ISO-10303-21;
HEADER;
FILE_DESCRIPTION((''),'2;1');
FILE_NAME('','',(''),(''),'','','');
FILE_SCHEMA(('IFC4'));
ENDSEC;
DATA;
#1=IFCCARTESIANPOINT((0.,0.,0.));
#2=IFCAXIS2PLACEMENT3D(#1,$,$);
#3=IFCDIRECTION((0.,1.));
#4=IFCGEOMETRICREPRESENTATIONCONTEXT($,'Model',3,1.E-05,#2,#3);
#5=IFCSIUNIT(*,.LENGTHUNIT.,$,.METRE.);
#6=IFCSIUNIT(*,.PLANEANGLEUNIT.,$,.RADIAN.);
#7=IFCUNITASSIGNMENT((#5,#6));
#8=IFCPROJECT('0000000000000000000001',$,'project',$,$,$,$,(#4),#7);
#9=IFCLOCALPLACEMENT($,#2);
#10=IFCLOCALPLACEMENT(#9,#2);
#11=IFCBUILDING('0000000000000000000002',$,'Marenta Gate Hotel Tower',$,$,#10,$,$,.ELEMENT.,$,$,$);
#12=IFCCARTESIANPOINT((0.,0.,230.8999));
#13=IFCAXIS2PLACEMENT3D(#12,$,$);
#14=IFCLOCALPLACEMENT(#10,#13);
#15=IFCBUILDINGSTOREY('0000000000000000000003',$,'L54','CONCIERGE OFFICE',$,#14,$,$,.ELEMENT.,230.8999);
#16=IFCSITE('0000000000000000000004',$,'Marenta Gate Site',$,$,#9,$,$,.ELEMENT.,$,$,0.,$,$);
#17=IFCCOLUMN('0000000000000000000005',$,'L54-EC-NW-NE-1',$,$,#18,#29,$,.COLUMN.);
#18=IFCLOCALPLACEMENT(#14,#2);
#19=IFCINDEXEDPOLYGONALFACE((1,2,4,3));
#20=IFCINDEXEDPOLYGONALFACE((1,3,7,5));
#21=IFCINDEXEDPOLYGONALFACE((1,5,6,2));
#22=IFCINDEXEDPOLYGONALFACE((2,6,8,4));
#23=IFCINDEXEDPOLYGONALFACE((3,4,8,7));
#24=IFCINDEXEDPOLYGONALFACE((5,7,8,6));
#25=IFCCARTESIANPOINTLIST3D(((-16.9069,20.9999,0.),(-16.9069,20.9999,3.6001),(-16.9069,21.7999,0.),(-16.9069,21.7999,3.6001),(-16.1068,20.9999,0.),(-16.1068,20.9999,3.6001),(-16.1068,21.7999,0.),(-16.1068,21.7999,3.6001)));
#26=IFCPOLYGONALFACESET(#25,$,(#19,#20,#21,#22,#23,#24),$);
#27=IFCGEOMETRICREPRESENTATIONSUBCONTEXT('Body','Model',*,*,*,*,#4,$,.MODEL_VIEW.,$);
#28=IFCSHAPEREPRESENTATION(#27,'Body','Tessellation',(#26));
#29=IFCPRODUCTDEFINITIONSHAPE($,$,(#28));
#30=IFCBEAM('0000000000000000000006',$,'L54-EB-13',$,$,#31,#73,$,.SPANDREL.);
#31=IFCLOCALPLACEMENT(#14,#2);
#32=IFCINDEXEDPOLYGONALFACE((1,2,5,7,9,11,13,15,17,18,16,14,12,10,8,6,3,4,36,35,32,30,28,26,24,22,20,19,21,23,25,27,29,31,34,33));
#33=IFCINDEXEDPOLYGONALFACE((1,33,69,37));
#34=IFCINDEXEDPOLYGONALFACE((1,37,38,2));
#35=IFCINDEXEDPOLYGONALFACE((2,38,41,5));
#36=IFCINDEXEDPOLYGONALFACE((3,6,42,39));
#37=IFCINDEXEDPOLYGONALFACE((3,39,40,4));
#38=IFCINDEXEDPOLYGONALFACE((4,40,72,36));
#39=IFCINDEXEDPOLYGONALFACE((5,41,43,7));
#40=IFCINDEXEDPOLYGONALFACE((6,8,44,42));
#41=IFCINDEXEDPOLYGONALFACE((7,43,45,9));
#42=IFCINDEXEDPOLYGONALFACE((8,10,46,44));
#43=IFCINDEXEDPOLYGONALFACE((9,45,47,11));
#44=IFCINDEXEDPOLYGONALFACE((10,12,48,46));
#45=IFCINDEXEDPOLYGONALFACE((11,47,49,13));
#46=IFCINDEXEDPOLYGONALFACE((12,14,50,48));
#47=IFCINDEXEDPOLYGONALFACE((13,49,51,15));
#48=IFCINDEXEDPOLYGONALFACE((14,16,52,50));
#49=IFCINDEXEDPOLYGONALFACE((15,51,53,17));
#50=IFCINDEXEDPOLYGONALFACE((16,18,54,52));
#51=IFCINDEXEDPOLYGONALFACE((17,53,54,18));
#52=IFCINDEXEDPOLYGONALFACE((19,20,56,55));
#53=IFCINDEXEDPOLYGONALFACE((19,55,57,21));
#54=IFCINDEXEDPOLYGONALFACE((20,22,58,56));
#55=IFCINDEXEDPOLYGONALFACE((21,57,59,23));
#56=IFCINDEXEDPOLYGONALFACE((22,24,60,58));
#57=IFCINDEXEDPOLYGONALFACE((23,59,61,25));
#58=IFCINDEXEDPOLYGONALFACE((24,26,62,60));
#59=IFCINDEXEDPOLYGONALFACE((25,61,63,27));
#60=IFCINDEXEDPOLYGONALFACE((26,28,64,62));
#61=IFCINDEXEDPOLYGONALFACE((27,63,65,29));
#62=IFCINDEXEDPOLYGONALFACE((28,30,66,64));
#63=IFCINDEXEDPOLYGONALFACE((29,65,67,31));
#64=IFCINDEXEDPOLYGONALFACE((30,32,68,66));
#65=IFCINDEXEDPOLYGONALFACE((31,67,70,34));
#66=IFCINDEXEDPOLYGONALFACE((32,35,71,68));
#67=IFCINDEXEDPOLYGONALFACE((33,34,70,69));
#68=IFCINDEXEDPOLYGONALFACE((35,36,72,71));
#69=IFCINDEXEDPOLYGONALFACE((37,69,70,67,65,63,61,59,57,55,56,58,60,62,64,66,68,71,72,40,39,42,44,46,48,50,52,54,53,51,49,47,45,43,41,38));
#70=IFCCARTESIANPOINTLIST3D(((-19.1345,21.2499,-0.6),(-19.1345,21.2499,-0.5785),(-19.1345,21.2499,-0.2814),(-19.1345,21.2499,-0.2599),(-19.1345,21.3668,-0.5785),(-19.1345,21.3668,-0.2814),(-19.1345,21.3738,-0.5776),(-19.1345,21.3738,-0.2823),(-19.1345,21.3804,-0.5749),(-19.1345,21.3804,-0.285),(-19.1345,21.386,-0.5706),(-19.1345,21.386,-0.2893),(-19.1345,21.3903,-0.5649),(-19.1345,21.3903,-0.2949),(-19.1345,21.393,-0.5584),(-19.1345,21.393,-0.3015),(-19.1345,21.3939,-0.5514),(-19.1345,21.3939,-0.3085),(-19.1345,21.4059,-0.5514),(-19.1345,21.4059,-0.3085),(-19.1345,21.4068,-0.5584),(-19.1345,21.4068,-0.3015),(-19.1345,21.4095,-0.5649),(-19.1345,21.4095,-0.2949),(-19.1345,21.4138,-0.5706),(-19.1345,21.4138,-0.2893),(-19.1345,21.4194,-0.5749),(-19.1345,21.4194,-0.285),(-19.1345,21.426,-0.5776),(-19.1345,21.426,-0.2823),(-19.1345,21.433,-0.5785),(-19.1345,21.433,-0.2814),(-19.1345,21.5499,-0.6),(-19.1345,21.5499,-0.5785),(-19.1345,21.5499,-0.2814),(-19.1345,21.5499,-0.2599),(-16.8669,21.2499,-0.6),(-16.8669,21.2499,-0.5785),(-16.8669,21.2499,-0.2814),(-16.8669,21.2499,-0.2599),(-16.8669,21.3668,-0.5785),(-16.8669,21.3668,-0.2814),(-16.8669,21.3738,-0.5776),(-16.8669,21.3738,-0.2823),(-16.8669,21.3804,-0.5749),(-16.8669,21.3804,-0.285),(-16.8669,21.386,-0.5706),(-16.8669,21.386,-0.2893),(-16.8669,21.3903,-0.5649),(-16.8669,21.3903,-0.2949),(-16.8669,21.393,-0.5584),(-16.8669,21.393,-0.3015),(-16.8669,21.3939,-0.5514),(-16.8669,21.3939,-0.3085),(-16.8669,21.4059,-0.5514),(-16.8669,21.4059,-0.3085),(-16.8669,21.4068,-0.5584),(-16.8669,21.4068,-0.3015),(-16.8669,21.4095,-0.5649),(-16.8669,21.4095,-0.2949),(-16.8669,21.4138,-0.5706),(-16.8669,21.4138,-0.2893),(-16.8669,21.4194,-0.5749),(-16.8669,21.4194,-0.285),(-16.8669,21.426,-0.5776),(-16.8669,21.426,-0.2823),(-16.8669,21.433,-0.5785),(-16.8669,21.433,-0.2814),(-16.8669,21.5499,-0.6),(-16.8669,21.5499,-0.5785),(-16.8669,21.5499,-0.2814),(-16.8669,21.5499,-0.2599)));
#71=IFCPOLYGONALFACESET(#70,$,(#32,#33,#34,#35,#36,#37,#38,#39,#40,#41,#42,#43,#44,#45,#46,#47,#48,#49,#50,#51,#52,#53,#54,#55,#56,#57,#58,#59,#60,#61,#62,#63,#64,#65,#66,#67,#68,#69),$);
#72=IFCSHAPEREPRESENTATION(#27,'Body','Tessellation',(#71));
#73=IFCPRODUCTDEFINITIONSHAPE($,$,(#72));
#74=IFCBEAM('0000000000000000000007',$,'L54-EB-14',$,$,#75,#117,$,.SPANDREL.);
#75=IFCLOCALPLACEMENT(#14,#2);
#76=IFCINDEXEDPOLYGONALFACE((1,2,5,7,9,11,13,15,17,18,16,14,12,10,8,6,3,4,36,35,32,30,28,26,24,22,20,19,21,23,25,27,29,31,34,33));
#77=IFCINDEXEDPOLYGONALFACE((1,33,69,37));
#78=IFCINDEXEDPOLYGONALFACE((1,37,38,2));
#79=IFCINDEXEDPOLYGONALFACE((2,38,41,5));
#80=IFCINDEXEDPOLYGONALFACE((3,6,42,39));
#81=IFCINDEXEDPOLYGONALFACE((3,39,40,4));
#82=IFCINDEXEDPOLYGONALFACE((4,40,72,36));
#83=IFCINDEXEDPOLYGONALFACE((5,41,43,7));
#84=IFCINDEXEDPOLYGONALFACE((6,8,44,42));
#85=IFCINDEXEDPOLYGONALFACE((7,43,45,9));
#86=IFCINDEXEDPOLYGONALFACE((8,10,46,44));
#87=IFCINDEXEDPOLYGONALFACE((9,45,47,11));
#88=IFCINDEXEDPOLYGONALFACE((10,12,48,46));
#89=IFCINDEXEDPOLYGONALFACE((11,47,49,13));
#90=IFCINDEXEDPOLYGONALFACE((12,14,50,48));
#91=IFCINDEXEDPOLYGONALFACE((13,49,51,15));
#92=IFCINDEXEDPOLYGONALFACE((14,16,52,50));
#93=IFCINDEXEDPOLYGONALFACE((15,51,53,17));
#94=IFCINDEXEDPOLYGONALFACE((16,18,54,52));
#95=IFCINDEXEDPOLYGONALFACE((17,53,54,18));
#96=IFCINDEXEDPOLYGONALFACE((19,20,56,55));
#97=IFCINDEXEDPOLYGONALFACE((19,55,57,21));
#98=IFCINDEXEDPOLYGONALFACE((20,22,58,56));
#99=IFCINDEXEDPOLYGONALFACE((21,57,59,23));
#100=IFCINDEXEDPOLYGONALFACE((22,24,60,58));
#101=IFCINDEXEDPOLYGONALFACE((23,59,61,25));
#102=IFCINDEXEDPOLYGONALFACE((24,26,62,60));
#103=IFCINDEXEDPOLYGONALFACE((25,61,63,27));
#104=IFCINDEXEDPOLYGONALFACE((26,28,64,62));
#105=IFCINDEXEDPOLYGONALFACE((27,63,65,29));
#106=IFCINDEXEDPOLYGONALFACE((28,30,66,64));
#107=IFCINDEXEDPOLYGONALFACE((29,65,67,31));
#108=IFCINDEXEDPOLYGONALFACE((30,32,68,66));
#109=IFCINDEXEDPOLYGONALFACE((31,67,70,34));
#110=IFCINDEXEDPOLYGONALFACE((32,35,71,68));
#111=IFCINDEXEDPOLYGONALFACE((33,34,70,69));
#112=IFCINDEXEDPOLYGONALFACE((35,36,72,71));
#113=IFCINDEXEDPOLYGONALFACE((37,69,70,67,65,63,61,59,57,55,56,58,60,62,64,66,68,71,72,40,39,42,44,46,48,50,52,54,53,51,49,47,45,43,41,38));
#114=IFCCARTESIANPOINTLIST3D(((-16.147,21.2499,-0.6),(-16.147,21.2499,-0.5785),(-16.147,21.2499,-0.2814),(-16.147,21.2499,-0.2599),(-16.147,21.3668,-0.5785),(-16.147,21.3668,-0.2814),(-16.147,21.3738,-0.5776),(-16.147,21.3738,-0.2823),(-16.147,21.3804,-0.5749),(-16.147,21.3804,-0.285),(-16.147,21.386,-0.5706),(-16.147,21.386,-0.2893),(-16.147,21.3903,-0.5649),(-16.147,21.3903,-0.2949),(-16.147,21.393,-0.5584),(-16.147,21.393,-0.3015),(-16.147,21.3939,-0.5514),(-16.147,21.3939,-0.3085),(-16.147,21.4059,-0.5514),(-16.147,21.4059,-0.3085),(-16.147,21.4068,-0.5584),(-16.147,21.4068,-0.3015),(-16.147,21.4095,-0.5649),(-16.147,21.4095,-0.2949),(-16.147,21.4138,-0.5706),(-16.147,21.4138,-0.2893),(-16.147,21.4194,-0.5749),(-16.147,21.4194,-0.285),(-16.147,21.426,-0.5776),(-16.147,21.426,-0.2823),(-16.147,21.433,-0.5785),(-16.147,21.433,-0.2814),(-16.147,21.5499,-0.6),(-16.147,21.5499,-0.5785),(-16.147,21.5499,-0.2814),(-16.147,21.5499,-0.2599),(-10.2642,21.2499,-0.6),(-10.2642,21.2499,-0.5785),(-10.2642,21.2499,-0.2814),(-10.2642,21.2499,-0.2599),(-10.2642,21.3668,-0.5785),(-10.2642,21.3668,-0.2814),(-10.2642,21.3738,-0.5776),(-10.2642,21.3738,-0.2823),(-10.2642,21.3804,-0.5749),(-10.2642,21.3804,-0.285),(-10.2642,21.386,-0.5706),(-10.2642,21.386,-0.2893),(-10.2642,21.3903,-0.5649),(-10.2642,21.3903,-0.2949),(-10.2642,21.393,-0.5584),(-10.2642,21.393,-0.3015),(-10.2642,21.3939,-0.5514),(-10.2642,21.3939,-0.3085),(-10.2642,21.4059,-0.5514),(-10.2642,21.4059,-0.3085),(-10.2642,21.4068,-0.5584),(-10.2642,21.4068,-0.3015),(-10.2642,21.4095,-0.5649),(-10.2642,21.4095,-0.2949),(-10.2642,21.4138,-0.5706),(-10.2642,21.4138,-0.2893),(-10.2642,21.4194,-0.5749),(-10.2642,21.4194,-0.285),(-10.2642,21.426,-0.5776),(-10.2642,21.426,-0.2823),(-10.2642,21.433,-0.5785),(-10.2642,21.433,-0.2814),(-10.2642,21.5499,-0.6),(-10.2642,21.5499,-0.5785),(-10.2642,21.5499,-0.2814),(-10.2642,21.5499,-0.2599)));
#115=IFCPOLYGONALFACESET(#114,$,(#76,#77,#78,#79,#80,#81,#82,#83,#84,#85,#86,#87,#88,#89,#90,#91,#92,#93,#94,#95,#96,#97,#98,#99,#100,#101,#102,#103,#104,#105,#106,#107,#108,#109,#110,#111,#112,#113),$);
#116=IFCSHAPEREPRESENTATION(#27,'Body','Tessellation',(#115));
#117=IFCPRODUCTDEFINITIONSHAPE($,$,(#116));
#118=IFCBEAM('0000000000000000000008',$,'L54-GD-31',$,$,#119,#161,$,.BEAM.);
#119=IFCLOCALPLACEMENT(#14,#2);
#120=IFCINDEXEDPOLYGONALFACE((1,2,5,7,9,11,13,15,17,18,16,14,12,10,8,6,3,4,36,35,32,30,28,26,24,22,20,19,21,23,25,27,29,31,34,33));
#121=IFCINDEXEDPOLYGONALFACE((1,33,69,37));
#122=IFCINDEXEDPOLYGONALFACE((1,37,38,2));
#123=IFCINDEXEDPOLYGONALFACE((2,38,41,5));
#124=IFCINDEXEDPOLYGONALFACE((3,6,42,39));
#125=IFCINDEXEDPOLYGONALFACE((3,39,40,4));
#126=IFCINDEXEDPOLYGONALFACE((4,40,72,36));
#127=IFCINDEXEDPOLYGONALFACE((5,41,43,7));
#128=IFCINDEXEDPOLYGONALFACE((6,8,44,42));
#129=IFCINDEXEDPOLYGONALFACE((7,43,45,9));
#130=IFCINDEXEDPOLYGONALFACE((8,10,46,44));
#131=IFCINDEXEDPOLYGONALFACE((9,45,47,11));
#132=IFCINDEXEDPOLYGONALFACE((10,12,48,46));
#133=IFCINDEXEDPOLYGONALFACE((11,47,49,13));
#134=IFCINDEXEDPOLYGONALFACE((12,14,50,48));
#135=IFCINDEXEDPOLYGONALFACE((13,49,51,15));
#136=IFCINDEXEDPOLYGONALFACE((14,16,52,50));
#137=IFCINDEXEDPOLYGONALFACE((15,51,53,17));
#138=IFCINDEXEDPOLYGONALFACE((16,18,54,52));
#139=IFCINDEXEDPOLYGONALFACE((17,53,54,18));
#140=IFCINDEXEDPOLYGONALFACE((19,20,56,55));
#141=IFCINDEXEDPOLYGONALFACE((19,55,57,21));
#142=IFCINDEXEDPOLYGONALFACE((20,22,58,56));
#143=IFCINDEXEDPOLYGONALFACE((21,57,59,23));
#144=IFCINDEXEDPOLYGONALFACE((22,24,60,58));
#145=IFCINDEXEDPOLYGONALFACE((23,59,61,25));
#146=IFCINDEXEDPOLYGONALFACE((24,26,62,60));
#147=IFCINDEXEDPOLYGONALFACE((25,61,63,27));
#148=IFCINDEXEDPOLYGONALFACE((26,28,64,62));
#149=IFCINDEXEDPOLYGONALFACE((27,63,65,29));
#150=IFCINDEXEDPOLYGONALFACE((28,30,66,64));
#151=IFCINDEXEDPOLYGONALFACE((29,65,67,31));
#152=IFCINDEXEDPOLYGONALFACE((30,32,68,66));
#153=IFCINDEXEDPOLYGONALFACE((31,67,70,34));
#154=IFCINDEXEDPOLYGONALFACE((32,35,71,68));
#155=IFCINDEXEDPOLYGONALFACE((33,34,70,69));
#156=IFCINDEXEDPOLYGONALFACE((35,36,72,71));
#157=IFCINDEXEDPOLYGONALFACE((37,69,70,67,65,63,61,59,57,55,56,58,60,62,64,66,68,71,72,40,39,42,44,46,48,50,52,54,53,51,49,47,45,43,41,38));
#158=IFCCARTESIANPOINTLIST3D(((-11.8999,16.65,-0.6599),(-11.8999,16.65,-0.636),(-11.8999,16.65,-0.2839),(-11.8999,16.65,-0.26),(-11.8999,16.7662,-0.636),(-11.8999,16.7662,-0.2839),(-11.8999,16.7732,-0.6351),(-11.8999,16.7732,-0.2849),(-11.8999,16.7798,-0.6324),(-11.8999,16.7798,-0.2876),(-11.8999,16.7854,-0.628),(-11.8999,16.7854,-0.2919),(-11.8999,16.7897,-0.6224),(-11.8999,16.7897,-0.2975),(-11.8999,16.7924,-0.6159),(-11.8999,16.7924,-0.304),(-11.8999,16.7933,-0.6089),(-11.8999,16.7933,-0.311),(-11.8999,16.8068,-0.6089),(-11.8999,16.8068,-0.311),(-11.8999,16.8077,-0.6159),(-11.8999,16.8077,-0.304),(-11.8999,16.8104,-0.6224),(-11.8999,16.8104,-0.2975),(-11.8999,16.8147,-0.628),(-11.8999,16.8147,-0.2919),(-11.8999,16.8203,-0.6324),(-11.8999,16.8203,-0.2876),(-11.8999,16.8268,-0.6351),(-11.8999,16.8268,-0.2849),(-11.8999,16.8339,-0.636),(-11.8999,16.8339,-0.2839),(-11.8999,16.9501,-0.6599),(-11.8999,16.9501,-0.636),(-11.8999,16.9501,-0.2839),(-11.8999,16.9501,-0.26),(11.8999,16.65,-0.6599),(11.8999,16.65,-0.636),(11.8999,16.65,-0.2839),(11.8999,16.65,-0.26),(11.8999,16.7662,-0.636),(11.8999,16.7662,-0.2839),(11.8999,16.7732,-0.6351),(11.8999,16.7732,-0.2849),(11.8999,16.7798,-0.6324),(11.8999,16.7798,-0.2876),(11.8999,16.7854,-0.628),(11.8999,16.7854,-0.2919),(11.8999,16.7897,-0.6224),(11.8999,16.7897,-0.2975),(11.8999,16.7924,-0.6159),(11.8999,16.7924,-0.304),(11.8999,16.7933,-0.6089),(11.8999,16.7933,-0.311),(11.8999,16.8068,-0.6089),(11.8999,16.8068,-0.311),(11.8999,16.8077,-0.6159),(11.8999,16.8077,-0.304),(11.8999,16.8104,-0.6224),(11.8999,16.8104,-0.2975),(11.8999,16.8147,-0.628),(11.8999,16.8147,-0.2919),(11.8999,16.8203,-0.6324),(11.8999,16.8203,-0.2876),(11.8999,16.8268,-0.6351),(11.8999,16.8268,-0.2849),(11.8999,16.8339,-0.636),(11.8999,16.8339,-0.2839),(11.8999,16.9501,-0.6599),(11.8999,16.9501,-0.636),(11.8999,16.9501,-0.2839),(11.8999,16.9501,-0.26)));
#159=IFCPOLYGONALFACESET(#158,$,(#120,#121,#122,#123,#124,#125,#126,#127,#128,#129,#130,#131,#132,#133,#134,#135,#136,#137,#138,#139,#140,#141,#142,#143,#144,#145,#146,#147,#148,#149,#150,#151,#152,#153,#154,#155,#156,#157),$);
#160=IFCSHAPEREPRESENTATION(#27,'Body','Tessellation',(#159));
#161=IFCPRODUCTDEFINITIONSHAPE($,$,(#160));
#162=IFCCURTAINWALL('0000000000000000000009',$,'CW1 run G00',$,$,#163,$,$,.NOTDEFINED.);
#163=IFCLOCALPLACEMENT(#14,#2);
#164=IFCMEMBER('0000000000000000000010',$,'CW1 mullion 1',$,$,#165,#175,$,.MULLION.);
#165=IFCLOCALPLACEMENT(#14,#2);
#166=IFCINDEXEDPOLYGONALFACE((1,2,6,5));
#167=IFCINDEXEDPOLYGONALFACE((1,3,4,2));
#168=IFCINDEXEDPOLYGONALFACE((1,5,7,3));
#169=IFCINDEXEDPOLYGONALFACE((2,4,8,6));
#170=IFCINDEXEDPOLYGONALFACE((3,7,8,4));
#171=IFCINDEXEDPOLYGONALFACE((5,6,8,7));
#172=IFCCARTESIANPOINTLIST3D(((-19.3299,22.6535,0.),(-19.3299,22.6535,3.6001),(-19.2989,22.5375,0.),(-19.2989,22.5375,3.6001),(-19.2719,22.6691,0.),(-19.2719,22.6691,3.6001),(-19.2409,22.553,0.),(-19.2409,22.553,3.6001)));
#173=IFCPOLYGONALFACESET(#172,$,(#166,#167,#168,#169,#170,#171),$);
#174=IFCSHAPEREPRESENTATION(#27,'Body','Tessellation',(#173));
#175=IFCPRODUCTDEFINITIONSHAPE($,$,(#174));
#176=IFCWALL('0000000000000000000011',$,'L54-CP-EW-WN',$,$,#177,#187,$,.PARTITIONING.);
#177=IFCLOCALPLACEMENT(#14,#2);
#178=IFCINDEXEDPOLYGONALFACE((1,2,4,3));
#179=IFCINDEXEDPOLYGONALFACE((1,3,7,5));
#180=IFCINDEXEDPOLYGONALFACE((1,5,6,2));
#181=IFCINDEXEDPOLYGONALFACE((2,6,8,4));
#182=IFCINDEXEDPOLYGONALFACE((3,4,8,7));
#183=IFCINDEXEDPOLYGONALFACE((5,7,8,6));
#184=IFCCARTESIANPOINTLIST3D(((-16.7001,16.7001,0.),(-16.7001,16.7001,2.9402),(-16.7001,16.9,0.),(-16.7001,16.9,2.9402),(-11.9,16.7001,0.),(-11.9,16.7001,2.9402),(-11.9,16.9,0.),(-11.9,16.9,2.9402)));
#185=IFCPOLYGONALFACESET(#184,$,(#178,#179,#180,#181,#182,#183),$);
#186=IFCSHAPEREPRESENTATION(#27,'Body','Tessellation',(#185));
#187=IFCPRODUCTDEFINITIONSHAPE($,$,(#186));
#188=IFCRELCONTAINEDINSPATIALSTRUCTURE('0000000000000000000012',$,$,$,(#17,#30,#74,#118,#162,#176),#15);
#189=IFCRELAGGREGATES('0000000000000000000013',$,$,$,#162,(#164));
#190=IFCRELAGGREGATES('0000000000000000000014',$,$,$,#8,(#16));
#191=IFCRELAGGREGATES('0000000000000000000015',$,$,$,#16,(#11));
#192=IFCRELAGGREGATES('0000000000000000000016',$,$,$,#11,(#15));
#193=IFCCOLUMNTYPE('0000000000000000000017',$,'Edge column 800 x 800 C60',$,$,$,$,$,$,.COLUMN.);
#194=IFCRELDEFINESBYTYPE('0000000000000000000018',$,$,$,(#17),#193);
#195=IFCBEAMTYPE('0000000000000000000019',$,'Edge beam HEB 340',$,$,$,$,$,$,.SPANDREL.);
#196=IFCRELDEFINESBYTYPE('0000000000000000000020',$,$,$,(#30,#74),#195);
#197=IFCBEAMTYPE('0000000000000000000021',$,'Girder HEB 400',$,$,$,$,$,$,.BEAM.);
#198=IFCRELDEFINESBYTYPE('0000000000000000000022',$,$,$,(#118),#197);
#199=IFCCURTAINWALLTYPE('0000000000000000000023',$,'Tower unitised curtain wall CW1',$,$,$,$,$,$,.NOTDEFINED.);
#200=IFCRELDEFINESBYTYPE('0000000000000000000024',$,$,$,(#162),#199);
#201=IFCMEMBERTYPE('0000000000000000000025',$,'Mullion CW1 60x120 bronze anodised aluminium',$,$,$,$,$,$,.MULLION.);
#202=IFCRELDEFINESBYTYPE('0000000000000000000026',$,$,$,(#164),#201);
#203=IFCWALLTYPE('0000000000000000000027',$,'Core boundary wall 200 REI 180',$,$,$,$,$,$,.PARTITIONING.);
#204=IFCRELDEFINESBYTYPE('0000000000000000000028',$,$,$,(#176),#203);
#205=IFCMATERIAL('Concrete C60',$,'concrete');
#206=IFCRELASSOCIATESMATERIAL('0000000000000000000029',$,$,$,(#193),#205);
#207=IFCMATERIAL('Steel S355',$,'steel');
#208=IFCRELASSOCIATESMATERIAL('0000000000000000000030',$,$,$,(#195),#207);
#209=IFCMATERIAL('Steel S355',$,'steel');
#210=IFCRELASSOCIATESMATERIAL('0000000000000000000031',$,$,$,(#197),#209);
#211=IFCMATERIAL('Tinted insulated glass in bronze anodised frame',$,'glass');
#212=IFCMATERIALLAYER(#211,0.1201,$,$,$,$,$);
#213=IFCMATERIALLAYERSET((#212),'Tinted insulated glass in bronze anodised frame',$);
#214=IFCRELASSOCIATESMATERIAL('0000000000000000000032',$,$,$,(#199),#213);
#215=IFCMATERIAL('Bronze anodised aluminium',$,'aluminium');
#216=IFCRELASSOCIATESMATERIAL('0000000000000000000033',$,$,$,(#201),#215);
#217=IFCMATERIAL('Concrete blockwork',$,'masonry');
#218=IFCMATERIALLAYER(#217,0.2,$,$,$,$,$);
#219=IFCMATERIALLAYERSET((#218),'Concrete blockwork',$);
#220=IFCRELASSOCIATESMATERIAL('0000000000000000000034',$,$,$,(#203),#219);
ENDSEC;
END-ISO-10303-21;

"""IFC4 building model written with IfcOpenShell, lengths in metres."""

from ifc_helpers import new_model, si_unit, direction, frame, frame_2d, origin, origin_2d, place, context, subcontext, project, spatial, rectangle, i_section, extrude, material, layer, layer_set, material_profile, profile_set, type_object, element, aggregate, save


model = new_model("IFC4")

# Units and contexts
model_context = context("Model", 3, precision=1e-05, world=origin(), true_north=direction((0.0, 1.0)))
body_context = subcontext(model_context, "Body", "Model", "MODEL_VIEW")
ifc_project = project(units=[si_unit("LENGTHUNIT", "METRE"), si_unit("PLANEANGLEUNIT", "RADIAN")], contexts=[model_context])

# Site, building, storey
site_placement = place(None, origin())
site = spatial("IfcSite", under=ifc_project, at=site_placement, Name="Marenta Gate Site", CompositionType="ELEMENT", RefElevation=0.0)
building_placement = place(site_placement, origin())
building = spatial("IfcBuilding", under=site, at=building_placement, Name="Marenta Gate Hotel Tower", CompositionType="ELEMENT")
storey_placement = place(building_placement, frame((0.0, 0.0, 230.8999)))
storey = spatial("IfcBuildingStorey", under=building, at=storey_placement, Name="L54", Description="CONCIERGE OFFICE", CompositionType="ELEMENT", Elevation=230.8999)

# Column
ifc_material_1 = material(Name="Concrete C60", Category="concrete")
ifc_material_profile_1 = material_profile(ifc_material_1, rectangle(XDim=0.8, YDim=0.8, at=origin_2d()), Name="800 x 800")
ifc_profile_set_1 = profile_set([ifc_material_profile_1], Name="Concrete C60")
column_type = type_object("IfcColumnType", Name="Edge column 800 x 800 C60", PredefinedType="COLUMN", material=ifc_profile_set_1)
column_placement = place(storey_placement, frame((-16.5068, 21.3999, 0.0), z_axis=(0.0, 0.0, 1.0), x_axis=(1.0, 0.0, 0.0)))
element("IfcColumn", 1, at=column_placement, inside=storey, type_object=column_type, Name="L54-EC-NW-NE-1", PredefinedType="COLUMN", context=body_context, shape_type="SweptSolid", body=[
    extrude(rectangle(XDim=0.8, YDim=0.8, at=origin_2d()), origin(), (0.0, 0.0, 1.0), 3.6001),
])

# Beams
ifc_material_2 = material(Name="Steel S355", Category="steel")
ifc_material_profile_2 = material_profile(ifc_material_2, i_section(OverallWidth=0.3, OverallDepth=0.3401, WebThickness=0.012, FlangeThickness=0.0215, FilletRadius=0.0271, at=origin_2d()), Name="HEB 340")
ifc_profile_set_2 = profile_set([ifc_material_profile_2], Name="Steel S355")
beam_type_1 = type_object("IfcBeamType", Name="Edge beam HEB 340", PredefinedType="SPANDREL", material=ifc_profile_set_2)
beam_1_placement = place(storey_placement, frame((-19.1345, 21.3999, -0.4299), z_axis=(1.0, 0.0, 0.0), x_axis=(0.0, 1.0, 0.0)))
element("IfcBeam", 2, at=beam_1_placement, inside=storey, type_object=beam_type_1, Name="L54-EB-13", PredefinedType="SPANDREL", context=body_context, shape_type="SweptSolid", body=[
    extrude(i_section(OverallWidth=0.3, OverallDepth=0.3401, WebThickness=0.012, FlangeThickness=0.0215, FilletRadius=0.0271, at=origin_2d()), origin(), (0.0, 0.0, 1.0), 2.2676),
])
beam_2_placement = place(storey_placement, frame((-16.147, 21.3999, -0.4299), z_axis=(1.0, 0.0, 0.0), x_axis=(0.0, 1.0, 0.0)))
element("IfcBeam", 3, at=beam_2_placement, inside=storey, type_object=beam_type_1, Name="L54-EB-14", PredefinedType="SPANDREL", context=body_context, shape_type="SweptSolid", body=[
    extrude(i_section(OverallWidth=0.3, OverallDepth=0.3401, WebThickness=0.012, FlangeThickness=0.0215, FilletRadius=0.0271, at=origin_2d()), origin(), (0.0, 0.0, 1.0), 5.8828),
])
ifc_material_3 = material(Name="Steel S355", Category="steel")
ifc_material_profile_3 = material_profile(ifc_material_3, i_section(OverallWidth=0.3, OverallDepth=0.3999, WebThickness=0.0134, FlangeThickness=0.0239, FilletRadius=0.0271, at=origin_2d()), Name="HEB 400")
ifc_profile_set_3 = profile_set([ifc_material_profile_3], Name="Steel S355")
beam_type_2 = type_object("IfcBeamType", Name="Girder HEB 400", PredefinedType="BEAM", material=ifc_profile_set_3)
beam_3_placement = place(storey_placement, frame((-11.8999, 16.8, -0.46), z_axis=(1.0, 0.0, 0.0), x_axis=(0.0, 1.0, 0.0)))
element("IfcBeam", 4, at=beam_3_placement, inside=storey, type_object=beam_type_2, Name="L54-GD-31", PredefinedType="BEAM", context=body_context, shape_type="SweptSolid", body=[
    extrude(i_section(OverallWidth=0.3, OverallDepth=0.3999, WebThickness=0.0134, FlangeThickness=0.0239, FilletRadius=0.0271, at=origin_2d()), origin(), (0.0, 0.0, 1.0), 23.7998),
])

# Curtain wall, member
ifc_material_4 = material(Name="Tinted insulated glass in bronze anodised frame", Category="glass")
ifc_layer_1 = layer(ifc_material_4, 0.1201)
ifc_layer_set_1 = layer_set([ifc_layer_1], Name="Tinted insulated glass in bronze anodised frame")
curtain_wall_type = type_object("IfcCurtainWallType", Name="Tower unitised curtain wall CW1", PredefinedType="NOTDEFINED", material=ifc_layer_set_1)
curtain_wall_placement = place(storey_placement, origin())
curtain_wall = element("IfcCurtainWall", 5, at=curtain_wall_placement, inside=storey, type_object=curtain_wall_type, Name="CW1 run G00", PredefinedType="NOTDEFINED")
ifc_material_5 = material(Name="Bronze anodised aluminium", Category="aluminium")
ifc_material_profile_4 = material_profile(ifc_material_5, rectangle(XDim=0.1201, YDim=0.0601, at=origin_2d()), Name="Mullion CW1 60x120 bronze anodised aluminium")
ifc_profile_set_4 = profile_set([ifc_material_profile_4], Name="Bronze anodised aluminium")
member_type = type_object("IfcMemberType", Name="Mullion CW1 60x120 bronze anodised aluminium", PredefinedType="MULLION", material=ifc_profile_set_4)
member_placement = place(storey_placement, frame((-19.2854, 22.6033, 0.0), z_axis=(0.0, 0.0, 1.0), x_axis=(0.258801, -0.965931, 0.0)))
member = element("IfcMember", 6, at=member_placement, type_object=member_type, Name="CW1 mullion 1", PredefinedType="MULLION", context=body_context, shape_type="SweptSolid", body=[
    extrude(rectangle(XDim=0.1201, YDim=0.0601, at=origin_2d()), origin(), (0.0, 0.0, 1.0), 3.6001),
])
aggregate(curtain_wall, [member])

# Wall
ifc_material_6 = material(Name="Concrete blockwork", Category="masonry")
ifc_layer_2 = layer(ifc_material_6, 0.2)
ifc_layer_set_2 = layer_set([ifc_layer_2], Name="Concrete blockwork")
wall_type_1 = type_object("IfcWallType", Name="Core boundary wall 200 REI 180", PredefinedType="PARTITIONING", material=ifc_layer_set_2)
wall_1_placement = place(storey_placement, frame((-16.7, 16.8, 0.0), z_axis=(0.0, 0.0, 1.0), x_axis=(1.0, 0.0, 0.0)))
element("IfcWall", 7, at=wall_1_placement, inside=storey, type_object=wall_type_1, Name="L54-CP-EW-WN", PredefinedType="PARTITIONING", context=body_context, shape_type="SweptSolid", body=[
    extrude(rectangle(XDim=4.8, YDim=0.2, at=frame_2d((2.3999, 0.0))), origin(), (0.0, 0.0, 1.0), 2.9402),
])

save(model, "model.ifc")
